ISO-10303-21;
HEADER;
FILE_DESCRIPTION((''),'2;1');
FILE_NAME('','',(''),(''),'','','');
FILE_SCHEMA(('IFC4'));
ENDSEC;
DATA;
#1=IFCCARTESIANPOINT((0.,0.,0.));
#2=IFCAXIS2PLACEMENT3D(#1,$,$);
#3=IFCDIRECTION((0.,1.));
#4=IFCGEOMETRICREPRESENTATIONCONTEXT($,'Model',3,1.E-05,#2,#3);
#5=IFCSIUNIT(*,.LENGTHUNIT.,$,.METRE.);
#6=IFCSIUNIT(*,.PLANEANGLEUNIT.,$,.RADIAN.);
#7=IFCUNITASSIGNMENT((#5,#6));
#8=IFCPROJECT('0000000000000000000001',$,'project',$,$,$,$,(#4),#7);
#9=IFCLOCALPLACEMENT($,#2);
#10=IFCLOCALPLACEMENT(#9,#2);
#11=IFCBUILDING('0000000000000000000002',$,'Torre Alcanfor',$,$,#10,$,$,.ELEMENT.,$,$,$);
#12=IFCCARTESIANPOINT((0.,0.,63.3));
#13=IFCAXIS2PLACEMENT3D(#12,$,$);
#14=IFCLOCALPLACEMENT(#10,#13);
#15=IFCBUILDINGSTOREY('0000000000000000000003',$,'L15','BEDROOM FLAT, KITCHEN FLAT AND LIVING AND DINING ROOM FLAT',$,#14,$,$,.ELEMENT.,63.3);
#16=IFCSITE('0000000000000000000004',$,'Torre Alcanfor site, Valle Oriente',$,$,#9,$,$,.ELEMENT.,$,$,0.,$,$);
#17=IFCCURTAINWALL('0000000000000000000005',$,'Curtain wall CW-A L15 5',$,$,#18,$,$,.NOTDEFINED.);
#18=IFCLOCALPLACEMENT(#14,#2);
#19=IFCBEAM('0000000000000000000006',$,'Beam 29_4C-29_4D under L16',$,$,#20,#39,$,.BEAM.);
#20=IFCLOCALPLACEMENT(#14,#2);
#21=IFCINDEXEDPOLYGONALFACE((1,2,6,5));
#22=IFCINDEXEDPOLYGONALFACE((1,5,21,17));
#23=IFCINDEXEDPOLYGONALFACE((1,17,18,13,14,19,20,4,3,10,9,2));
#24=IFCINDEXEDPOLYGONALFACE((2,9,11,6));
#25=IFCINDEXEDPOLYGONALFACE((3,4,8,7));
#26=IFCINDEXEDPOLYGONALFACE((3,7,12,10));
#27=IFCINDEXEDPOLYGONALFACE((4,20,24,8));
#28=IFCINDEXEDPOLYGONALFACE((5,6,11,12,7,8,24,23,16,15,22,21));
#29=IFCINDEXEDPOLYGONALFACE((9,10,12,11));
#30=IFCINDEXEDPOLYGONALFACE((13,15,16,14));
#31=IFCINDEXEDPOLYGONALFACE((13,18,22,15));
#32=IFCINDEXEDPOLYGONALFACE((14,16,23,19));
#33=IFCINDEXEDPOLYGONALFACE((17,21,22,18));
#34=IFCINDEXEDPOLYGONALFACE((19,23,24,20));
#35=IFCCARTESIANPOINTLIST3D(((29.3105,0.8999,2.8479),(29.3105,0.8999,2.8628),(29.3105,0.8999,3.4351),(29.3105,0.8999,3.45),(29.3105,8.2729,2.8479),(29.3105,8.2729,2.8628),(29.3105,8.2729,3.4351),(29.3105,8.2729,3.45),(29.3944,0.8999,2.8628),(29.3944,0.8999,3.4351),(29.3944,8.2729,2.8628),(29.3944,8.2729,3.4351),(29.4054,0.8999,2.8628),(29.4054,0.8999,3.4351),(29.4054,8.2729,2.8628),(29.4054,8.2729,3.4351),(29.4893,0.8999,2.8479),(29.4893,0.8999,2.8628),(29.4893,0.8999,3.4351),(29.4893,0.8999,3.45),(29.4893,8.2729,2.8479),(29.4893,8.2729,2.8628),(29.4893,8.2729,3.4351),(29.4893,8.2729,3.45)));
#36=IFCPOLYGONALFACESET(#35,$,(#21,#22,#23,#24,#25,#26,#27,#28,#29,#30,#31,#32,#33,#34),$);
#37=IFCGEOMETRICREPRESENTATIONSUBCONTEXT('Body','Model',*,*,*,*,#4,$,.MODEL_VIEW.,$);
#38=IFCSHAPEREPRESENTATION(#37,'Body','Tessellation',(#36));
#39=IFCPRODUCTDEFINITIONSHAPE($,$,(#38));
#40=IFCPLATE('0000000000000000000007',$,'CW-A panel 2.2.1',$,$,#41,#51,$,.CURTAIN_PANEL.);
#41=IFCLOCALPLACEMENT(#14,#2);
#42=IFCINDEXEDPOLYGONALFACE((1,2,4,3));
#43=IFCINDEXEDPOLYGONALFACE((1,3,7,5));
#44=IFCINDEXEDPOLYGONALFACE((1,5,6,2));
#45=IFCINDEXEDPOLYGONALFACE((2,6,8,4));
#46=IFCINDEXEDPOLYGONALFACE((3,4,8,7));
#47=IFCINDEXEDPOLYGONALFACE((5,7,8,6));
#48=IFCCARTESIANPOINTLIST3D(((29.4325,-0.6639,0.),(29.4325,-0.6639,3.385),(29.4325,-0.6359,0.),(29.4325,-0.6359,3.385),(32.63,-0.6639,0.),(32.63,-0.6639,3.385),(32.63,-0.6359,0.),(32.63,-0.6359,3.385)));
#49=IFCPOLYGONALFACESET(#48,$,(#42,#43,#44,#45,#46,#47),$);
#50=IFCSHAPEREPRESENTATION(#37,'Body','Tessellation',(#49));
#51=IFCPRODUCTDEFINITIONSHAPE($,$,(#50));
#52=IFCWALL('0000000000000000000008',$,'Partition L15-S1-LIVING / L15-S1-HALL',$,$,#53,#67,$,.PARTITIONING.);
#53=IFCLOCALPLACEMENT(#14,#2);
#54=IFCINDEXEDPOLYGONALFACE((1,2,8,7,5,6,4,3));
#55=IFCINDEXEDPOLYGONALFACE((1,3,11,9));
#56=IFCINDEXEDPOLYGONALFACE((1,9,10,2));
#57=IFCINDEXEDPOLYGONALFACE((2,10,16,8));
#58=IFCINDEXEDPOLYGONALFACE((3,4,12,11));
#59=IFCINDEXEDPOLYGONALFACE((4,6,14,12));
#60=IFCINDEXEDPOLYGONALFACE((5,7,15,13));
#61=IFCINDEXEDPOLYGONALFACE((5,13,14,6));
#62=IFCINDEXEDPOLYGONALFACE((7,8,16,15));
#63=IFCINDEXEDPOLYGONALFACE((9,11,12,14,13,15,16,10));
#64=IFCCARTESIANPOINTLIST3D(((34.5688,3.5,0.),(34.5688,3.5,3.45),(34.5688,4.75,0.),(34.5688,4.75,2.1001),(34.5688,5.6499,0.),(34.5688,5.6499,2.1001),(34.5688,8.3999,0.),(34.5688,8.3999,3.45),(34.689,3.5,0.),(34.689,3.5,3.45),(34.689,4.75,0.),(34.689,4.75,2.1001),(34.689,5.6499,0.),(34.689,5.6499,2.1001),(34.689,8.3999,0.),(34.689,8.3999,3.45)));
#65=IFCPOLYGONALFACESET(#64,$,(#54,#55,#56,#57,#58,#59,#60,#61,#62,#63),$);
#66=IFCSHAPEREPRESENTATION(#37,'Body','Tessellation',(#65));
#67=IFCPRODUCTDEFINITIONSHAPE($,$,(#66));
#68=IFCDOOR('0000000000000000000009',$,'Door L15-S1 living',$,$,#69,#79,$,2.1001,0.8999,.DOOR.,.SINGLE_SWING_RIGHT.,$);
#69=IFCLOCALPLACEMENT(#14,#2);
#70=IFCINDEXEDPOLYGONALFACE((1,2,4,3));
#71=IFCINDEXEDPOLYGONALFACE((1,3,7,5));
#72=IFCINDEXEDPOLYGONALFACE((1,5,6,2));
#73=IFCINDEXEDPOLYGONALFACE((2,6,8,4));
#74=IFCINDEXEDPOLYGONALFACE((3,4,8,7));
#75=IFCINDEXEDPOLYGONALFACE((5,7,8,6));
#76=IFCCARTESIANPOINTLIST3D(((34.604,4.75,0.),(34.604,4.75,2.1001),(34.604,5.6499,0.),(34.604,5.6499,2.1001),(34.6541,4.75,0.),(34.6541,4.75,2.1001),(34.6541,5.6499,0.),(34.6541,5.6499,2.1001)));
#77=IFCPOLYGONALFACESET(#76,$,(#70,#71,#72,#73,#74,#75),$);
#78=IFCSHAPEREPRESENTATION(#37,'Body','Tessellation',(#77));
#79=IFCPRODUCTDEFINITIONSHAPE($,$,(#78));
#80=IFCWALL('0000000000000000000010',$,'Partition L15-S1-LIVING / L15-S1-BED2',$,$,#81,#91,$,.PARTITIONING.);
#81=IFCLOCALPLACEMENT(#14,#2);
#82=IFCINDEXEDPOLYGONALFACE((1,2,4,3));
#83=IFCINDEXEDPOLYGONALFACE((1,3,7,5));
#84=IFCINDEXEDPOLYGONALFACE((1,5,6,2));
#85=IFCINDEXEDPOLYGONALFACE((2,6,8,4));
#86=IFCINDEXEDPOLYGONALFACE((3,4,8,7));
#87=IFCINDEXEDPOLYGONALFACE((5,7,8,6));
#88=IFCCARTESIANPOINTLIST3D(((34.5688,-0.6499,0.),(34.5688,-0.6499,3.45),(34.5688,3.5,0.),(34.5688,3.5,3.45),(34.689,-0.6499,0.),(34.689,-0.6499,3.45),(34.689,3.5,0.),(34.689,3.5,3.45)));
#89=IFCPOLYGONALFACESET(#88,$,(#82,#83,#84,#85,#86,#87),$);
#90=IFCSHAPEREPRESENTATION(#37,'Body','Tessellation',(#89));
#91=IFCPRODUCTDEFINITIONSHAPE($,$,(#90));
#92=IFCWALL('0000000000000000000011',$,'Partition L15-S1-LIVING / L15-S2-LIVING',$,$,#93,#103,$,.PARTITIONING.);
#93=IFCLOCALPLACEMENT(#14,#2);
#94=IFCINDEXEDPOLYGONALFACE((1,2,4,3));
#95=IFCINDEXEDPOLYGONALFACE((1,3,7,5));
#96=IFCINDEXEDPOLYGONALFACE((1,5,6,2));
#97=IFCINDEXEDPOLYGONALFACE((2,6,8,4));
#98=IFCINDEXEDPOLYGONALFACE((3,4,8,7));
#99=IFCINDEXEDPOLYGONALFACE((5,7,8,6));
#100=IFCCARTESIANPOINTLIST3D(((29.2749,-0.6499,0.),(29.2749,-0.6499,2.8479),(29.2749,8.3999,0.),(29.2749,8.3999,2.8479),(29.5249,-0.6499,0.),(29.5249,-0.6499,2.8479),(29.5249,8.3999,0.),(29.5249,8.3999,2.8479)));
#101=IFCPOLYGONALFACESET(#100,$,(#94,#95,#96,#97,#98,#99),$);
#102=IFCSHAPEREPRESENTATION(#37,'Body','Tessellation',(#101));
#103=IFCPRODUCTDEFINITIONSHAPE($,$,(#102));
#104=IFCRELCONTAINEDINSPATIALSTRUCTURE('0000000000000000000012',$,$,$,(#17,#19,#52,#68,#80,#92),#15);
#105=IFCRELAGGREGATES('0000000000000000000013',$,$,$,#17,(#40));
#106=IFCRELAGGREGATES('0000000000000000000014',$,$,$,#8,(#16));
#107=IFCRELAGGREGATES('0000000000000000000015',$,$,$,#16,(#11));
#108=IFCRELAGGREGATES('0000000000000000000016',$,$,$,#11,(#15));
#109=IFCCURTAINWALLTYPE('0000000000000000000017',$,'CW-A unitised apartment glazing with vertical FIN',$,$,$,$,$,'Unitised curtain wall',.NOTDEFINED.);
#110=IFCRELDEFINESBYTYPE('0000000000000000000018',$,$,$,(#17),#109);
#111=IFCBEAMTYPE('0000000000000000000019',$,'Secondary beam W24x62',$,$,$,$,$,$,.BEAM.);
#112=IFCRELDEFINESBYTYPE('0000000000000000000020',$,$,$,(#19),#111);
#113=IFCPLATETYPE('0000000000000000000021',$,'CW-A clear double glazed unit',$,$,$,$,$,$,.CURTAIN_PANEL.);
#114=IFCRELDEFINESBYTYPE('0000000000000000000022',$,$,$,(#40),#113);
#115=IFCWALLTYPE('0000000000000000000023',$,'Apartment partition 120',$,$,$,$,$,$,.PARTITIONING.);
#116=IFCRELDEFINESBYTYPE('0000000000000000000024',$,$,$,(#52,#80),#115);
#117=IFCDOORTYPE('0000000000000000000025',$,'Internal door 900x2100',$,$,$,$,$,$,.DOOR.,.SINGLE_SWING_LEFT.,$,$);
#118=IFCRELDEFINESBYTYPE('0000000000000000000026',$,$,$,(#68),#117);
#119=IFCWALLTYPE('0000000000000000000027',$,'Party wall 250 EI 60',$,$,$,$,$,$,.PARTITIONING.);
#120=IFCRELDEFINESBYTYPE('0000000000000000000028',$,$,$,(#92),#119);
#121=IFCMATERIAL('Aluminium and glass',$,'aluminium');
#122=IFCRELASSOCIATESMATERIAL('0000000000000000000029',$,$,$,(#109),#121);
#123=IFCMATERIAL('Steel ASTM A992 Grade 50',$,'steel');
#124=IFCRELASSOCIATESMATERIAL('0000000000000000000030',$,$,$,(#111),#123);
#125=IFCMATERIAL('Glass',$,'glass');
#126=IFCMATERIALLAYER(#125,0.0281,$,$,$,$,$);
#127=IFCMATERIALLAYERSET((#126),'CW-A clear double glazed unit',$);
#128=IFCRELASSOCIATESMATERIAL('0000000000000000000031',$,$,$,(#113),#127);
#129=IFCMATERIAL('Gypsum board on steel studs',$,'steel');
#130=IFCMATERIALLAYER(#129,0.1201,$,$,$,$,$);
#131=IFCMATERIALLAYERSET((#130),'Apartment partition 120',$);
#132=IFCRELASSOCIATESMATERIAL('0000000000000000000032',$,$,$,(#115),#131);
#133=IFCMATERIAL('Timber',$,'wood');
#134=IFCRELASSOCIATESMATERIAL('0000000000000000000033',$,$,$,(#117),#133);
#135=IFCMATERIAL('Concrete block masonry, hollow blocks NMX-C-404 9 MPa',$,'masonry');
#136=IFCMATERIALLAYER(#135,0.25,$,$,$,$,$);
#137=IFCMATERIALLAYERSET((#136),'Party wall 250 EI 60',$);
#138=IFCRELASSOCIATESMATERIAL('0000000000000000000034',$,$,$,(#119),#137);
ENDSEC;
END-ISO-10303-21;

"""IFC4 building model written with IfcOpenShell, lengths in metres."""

from ifc_helpers import new_model, si_unit, direction, frame, frame_2d, origin, origin_2d, place, context, subcontext, project, spatial, rectangle, i_section, extrude, material, layer, layer_set, material_profile, profile_set, type_object, element, fill, aggregate, save


model = new_model("IFC4")

# Units and contexts
model_context = context("Model", 3, precision=1e-05, world=origin(), true_north=direction((0.0, 1.0)))
body_context = subcontext(model_context, "Body", "Model", "MODEL_VIEW")
ifc_project = project(units=[si_unit("LENGTHUNIT", "METRE"), si_unit("PLANEANGLEUNIT", "RADIAN")], contexts=[model_context])

# Site, building, storey
site_placement = place(None, origin())
site = spatial("IfcSite", under=ifc_project, at=site_placement, Name="Torre Alcanfor site, Valle Oriente", CompositionType="ELEMENT", RefElevation=0.0)
building_placement = place(site_placement, origin())
building = spatial("IfcBuilding", under=site, at=building_placement, Name="Torre Alcanfor", CompositionType="ELEMENT")
storey_placement = place(building_placement, frame((0.0, 0.0, 63.3)))
storey = spatial("IfcBuildingStorey", under=building, at=storey_placement, Name="L15", Description="BEDROOM FLAT, KITCHEN FLAT AND LIVING AND DINING ROOM FLAT", CompositionType="ELEMENT", Elevation=63.3)

# Curtain wall
ifc_material_1 = material(Name="Aluminium and glass", Category="aluminium")
curtain_wall_type = type_object("IfcCurtainWallType", Name="CW-A unitised apartment glazing with vertical FIN", ElementType="Unitised curtain wall", PredefinedType="NOTDEFINED", material=ifc_material_1)
curtain_wall_placement = place(storey_placement, origin())
curtain_wall = element("IfcCurtainWall", 1, at=curtain_wall_placement, inside=storey, type_object=curtain_wall_type, Name="Curtain wall CW-A L15 5", PredefinedType="NOTDEFINED")

# Beam
ifc_material_2 = material(Name="Steel ASTM A992 Grade 50", Category="steel")
ifc_material_profile_1 = material_profile(ifc_material_2, i_section(OverallWidth=0.1787, OverallDepth=0.6021, WebThickness=0.011, FlangeThickness=0.0149, at=origin_2d()), Name="W24x62")
ifc_profile_set_1 = profile_set([ifc_material_profile_1], Name="Steel ASTM A992 Grade 50")
beam_type_1 = type_object("IfcBeamType", Name="Secondary beam W24x62", PredefinedType="BEAM", material=ifc_profile_set_1)
beam_1_placement = place(storey_placement, frame((29.3999, 0.8999, 3.1489), z_axis=(0.0, 1.0, 0.0), x_axis=(-1.0, 0.0, 0.0)))
element("IfcBeam", 2, at=beam_1_placement, inside=storey, type_object=beam_type_1, Name="Beam 29_4C-29_4D under L16", PredefinedType="BEAM", context=body_context, shape_type="SweptSolid", body=[
    extrude(i_section(OverallWidth=0.1787, OverallDepth=0.6021, WebThickness=0.011, FlangeThickness=0.0149, at=origin_2d()), origin(), (0.0, 0.0, 1.0), 7.373),
])

# Plate
ifc_material_3 = material(Name="Glass", Category="glass")
ifc_layer_1 = layer(ifc_material_3, 0.0281)
ifc_layer_set_1 = layer_set([ifc_layer_1], Name="CW-A clear double glazed unit")
plate_type = type_object("IfcPlateType", Name="CW-A clear double glazed unit", PredefinedType="CURTAIN_PANEL", material=ifc_layer_set_1)
plate_placement = place(storey_placement, frame((31.0312, -0.6499, 0.0), z_axis=(0.0, 0.0, 1.0), x_axis=(1.0, 0.0, 0.0)))
plate = element("IfcPlate", 3, at=plate_placement, type_object=plate_type, Name="CW-A panel 2.2.1", PredefinedType="CURTAIN_PANEL", context=body_context, shape_type="SweptSolid", body=[
    extrude(rectangle(XDim=3.1975, YDim=0.0281, at=origin_2d()), origin(), (0.0, 0.0, 1.0), 3.385),
])
aggregate(curtain_wall, [plate])

# Wall, opening, door
ifc_material_4 = material(Name="Gypsum board on steel studs", Category="steel")
ifc_layer_2 = layer(ifc_material_4, 0.1201)
ifc_layer_set_2 = layer_set([ifc_layer_2], Name="Apartment partition 120")
wall_type_1 = type_object("IfcWallType", Name="Apartment partition 120", PredefinedType="PARTITIONING", material=ifc_layer_set_2)
wall_1_placement = place(storey_placement, frame((34.6289, 3.5, 0.0), z_axis=(0.0, 0.0, 1.0), x_axis=(0.0, 1.0, 0.0)))
wall_1 = element("IfcWall", 4, at=wall_1_placement, inside=storey, type_object=wall_type_1, Name="Partition L15-S1-LIVING / L15-S1-HALL", PredefinedType="PARTITIONING", context=body_context, shape_type="SweptSolid", body=[
    extrude(rectangle(XDim=4.8999, YDim=0.1201, at=frame_2d((2.45, 0.0))), origin(), (0.0, 0.0, 1.0), 3.45),
])
opening_placement = place(wall_1_placement, frame((1.25, 0.0, 0.0)))
opening = element("IfcOpeningElement", 5, at=opening_placement, cuts=wall_1, PredefinedType="OPENING", context=body_context, shape_type="SweptSolid", body=[
    extrude(rectangle(XDim=0.8999, YDim=2.1001, at=frame_2d((0.45, 1.05))), frame((0.0, 0.0701, 0.0), z_axis=(0.0, -1.0, 0.0), x_axis=(1.0, 0.0, 0.0)), (0.0, 0.0, 1.0), 0.1401),
])
ifc_material_5 = material(Name="Timber", Category="wood")
door_type = type_object("IfcDoorType", Name="Internal door 900x2100", OperationType="SINGLE_SWING_LEFT", PredefinedType="DOOR", material=ifc_material_5)
door_placement = place(opening_placement, origin())
door = element("IfcDoor", 6, at=door_placement, inside=storey, type_object=door_type, Name="Door L15-S1 living", OperationType="SINGLE_SWING_RIGHT", OverallHeight=2.1001, OverallWidth=0.8999, PredefinedType="DOOR", context=body_context, shape_type="SweptSolid", body=[
    extrude(rectangle(XDim=0.8999, YDim=2.1001, at=frame_2d((0.45, 1.05))), frame((0.0, 0.0249, 0.0), z_axis=(0.0, -1.0, 0.0), x_axis=(1.0, 0.0, 0.0)), (0.0, 0.0, 1.0), 0.05),
])
fill(opening, door)

# Walls
wall_2_placement = place(storey_placement, frame((34.6289, -0.6499, 0.0), z_axis=(0.0, 0.0, 1.0), x_axis=(0.0, 1.0, 0.0)))
element("IfcWall", 7, at=wall_2_placement, inside=storey, type_object=wall_type_1, Name="Partition L15-S1-LIVING / L15-S1-BED2", PredefinedType="PARTITIONING", context=body_context, shape_type="SweptSolid", body=[
    extrude(rectangle(XDim=4.1499, YDim=0.1201, at=frame_2d((2.075, 0.0))), origin(), (0.0, 0.0, 1.0), 3.45),
])
ifc_material_6 = material(Name="Concrete block masonry, hollow blocks NMX-C-404 9 MPa", Category="masonry")
ifc_layer_3 = layer(ifc_material_6, 0.25)
ifc_layer_set_3 = layer_set([ifc_layer_3], Name="Party wall 250 EI 60")
wall_type_2 = type_object("IfcWallType", Name="Party wall 250 EI 60", PredefinedType="PARTITIONING", material=ifc_layer_set_3)
wall_3_placement = place(storey_placement, frame((29.3999, 8.3999, 0.0), z_axis=(0.0, 0.0, 1.0), x_axis=(0.0, -1.0, 0.0)))
element("IfcWall", 8, at=wall_3_placement, inside=storey, type_object=wall_type_2, Name="Partition L15-S1-LIVING / L15-S2-LIVING", PredefinedType="PARTITIONING", context=body_context, shape_type="SweptSolid", body=[
    extrude(rectangle(XDim=9.0498, YDim=0.25, at=frame_2d((4.5249, 0.0))), origin(), (0.0, 0.0, 1.0), 2.8479),
])

save(model, "model.ifc")
